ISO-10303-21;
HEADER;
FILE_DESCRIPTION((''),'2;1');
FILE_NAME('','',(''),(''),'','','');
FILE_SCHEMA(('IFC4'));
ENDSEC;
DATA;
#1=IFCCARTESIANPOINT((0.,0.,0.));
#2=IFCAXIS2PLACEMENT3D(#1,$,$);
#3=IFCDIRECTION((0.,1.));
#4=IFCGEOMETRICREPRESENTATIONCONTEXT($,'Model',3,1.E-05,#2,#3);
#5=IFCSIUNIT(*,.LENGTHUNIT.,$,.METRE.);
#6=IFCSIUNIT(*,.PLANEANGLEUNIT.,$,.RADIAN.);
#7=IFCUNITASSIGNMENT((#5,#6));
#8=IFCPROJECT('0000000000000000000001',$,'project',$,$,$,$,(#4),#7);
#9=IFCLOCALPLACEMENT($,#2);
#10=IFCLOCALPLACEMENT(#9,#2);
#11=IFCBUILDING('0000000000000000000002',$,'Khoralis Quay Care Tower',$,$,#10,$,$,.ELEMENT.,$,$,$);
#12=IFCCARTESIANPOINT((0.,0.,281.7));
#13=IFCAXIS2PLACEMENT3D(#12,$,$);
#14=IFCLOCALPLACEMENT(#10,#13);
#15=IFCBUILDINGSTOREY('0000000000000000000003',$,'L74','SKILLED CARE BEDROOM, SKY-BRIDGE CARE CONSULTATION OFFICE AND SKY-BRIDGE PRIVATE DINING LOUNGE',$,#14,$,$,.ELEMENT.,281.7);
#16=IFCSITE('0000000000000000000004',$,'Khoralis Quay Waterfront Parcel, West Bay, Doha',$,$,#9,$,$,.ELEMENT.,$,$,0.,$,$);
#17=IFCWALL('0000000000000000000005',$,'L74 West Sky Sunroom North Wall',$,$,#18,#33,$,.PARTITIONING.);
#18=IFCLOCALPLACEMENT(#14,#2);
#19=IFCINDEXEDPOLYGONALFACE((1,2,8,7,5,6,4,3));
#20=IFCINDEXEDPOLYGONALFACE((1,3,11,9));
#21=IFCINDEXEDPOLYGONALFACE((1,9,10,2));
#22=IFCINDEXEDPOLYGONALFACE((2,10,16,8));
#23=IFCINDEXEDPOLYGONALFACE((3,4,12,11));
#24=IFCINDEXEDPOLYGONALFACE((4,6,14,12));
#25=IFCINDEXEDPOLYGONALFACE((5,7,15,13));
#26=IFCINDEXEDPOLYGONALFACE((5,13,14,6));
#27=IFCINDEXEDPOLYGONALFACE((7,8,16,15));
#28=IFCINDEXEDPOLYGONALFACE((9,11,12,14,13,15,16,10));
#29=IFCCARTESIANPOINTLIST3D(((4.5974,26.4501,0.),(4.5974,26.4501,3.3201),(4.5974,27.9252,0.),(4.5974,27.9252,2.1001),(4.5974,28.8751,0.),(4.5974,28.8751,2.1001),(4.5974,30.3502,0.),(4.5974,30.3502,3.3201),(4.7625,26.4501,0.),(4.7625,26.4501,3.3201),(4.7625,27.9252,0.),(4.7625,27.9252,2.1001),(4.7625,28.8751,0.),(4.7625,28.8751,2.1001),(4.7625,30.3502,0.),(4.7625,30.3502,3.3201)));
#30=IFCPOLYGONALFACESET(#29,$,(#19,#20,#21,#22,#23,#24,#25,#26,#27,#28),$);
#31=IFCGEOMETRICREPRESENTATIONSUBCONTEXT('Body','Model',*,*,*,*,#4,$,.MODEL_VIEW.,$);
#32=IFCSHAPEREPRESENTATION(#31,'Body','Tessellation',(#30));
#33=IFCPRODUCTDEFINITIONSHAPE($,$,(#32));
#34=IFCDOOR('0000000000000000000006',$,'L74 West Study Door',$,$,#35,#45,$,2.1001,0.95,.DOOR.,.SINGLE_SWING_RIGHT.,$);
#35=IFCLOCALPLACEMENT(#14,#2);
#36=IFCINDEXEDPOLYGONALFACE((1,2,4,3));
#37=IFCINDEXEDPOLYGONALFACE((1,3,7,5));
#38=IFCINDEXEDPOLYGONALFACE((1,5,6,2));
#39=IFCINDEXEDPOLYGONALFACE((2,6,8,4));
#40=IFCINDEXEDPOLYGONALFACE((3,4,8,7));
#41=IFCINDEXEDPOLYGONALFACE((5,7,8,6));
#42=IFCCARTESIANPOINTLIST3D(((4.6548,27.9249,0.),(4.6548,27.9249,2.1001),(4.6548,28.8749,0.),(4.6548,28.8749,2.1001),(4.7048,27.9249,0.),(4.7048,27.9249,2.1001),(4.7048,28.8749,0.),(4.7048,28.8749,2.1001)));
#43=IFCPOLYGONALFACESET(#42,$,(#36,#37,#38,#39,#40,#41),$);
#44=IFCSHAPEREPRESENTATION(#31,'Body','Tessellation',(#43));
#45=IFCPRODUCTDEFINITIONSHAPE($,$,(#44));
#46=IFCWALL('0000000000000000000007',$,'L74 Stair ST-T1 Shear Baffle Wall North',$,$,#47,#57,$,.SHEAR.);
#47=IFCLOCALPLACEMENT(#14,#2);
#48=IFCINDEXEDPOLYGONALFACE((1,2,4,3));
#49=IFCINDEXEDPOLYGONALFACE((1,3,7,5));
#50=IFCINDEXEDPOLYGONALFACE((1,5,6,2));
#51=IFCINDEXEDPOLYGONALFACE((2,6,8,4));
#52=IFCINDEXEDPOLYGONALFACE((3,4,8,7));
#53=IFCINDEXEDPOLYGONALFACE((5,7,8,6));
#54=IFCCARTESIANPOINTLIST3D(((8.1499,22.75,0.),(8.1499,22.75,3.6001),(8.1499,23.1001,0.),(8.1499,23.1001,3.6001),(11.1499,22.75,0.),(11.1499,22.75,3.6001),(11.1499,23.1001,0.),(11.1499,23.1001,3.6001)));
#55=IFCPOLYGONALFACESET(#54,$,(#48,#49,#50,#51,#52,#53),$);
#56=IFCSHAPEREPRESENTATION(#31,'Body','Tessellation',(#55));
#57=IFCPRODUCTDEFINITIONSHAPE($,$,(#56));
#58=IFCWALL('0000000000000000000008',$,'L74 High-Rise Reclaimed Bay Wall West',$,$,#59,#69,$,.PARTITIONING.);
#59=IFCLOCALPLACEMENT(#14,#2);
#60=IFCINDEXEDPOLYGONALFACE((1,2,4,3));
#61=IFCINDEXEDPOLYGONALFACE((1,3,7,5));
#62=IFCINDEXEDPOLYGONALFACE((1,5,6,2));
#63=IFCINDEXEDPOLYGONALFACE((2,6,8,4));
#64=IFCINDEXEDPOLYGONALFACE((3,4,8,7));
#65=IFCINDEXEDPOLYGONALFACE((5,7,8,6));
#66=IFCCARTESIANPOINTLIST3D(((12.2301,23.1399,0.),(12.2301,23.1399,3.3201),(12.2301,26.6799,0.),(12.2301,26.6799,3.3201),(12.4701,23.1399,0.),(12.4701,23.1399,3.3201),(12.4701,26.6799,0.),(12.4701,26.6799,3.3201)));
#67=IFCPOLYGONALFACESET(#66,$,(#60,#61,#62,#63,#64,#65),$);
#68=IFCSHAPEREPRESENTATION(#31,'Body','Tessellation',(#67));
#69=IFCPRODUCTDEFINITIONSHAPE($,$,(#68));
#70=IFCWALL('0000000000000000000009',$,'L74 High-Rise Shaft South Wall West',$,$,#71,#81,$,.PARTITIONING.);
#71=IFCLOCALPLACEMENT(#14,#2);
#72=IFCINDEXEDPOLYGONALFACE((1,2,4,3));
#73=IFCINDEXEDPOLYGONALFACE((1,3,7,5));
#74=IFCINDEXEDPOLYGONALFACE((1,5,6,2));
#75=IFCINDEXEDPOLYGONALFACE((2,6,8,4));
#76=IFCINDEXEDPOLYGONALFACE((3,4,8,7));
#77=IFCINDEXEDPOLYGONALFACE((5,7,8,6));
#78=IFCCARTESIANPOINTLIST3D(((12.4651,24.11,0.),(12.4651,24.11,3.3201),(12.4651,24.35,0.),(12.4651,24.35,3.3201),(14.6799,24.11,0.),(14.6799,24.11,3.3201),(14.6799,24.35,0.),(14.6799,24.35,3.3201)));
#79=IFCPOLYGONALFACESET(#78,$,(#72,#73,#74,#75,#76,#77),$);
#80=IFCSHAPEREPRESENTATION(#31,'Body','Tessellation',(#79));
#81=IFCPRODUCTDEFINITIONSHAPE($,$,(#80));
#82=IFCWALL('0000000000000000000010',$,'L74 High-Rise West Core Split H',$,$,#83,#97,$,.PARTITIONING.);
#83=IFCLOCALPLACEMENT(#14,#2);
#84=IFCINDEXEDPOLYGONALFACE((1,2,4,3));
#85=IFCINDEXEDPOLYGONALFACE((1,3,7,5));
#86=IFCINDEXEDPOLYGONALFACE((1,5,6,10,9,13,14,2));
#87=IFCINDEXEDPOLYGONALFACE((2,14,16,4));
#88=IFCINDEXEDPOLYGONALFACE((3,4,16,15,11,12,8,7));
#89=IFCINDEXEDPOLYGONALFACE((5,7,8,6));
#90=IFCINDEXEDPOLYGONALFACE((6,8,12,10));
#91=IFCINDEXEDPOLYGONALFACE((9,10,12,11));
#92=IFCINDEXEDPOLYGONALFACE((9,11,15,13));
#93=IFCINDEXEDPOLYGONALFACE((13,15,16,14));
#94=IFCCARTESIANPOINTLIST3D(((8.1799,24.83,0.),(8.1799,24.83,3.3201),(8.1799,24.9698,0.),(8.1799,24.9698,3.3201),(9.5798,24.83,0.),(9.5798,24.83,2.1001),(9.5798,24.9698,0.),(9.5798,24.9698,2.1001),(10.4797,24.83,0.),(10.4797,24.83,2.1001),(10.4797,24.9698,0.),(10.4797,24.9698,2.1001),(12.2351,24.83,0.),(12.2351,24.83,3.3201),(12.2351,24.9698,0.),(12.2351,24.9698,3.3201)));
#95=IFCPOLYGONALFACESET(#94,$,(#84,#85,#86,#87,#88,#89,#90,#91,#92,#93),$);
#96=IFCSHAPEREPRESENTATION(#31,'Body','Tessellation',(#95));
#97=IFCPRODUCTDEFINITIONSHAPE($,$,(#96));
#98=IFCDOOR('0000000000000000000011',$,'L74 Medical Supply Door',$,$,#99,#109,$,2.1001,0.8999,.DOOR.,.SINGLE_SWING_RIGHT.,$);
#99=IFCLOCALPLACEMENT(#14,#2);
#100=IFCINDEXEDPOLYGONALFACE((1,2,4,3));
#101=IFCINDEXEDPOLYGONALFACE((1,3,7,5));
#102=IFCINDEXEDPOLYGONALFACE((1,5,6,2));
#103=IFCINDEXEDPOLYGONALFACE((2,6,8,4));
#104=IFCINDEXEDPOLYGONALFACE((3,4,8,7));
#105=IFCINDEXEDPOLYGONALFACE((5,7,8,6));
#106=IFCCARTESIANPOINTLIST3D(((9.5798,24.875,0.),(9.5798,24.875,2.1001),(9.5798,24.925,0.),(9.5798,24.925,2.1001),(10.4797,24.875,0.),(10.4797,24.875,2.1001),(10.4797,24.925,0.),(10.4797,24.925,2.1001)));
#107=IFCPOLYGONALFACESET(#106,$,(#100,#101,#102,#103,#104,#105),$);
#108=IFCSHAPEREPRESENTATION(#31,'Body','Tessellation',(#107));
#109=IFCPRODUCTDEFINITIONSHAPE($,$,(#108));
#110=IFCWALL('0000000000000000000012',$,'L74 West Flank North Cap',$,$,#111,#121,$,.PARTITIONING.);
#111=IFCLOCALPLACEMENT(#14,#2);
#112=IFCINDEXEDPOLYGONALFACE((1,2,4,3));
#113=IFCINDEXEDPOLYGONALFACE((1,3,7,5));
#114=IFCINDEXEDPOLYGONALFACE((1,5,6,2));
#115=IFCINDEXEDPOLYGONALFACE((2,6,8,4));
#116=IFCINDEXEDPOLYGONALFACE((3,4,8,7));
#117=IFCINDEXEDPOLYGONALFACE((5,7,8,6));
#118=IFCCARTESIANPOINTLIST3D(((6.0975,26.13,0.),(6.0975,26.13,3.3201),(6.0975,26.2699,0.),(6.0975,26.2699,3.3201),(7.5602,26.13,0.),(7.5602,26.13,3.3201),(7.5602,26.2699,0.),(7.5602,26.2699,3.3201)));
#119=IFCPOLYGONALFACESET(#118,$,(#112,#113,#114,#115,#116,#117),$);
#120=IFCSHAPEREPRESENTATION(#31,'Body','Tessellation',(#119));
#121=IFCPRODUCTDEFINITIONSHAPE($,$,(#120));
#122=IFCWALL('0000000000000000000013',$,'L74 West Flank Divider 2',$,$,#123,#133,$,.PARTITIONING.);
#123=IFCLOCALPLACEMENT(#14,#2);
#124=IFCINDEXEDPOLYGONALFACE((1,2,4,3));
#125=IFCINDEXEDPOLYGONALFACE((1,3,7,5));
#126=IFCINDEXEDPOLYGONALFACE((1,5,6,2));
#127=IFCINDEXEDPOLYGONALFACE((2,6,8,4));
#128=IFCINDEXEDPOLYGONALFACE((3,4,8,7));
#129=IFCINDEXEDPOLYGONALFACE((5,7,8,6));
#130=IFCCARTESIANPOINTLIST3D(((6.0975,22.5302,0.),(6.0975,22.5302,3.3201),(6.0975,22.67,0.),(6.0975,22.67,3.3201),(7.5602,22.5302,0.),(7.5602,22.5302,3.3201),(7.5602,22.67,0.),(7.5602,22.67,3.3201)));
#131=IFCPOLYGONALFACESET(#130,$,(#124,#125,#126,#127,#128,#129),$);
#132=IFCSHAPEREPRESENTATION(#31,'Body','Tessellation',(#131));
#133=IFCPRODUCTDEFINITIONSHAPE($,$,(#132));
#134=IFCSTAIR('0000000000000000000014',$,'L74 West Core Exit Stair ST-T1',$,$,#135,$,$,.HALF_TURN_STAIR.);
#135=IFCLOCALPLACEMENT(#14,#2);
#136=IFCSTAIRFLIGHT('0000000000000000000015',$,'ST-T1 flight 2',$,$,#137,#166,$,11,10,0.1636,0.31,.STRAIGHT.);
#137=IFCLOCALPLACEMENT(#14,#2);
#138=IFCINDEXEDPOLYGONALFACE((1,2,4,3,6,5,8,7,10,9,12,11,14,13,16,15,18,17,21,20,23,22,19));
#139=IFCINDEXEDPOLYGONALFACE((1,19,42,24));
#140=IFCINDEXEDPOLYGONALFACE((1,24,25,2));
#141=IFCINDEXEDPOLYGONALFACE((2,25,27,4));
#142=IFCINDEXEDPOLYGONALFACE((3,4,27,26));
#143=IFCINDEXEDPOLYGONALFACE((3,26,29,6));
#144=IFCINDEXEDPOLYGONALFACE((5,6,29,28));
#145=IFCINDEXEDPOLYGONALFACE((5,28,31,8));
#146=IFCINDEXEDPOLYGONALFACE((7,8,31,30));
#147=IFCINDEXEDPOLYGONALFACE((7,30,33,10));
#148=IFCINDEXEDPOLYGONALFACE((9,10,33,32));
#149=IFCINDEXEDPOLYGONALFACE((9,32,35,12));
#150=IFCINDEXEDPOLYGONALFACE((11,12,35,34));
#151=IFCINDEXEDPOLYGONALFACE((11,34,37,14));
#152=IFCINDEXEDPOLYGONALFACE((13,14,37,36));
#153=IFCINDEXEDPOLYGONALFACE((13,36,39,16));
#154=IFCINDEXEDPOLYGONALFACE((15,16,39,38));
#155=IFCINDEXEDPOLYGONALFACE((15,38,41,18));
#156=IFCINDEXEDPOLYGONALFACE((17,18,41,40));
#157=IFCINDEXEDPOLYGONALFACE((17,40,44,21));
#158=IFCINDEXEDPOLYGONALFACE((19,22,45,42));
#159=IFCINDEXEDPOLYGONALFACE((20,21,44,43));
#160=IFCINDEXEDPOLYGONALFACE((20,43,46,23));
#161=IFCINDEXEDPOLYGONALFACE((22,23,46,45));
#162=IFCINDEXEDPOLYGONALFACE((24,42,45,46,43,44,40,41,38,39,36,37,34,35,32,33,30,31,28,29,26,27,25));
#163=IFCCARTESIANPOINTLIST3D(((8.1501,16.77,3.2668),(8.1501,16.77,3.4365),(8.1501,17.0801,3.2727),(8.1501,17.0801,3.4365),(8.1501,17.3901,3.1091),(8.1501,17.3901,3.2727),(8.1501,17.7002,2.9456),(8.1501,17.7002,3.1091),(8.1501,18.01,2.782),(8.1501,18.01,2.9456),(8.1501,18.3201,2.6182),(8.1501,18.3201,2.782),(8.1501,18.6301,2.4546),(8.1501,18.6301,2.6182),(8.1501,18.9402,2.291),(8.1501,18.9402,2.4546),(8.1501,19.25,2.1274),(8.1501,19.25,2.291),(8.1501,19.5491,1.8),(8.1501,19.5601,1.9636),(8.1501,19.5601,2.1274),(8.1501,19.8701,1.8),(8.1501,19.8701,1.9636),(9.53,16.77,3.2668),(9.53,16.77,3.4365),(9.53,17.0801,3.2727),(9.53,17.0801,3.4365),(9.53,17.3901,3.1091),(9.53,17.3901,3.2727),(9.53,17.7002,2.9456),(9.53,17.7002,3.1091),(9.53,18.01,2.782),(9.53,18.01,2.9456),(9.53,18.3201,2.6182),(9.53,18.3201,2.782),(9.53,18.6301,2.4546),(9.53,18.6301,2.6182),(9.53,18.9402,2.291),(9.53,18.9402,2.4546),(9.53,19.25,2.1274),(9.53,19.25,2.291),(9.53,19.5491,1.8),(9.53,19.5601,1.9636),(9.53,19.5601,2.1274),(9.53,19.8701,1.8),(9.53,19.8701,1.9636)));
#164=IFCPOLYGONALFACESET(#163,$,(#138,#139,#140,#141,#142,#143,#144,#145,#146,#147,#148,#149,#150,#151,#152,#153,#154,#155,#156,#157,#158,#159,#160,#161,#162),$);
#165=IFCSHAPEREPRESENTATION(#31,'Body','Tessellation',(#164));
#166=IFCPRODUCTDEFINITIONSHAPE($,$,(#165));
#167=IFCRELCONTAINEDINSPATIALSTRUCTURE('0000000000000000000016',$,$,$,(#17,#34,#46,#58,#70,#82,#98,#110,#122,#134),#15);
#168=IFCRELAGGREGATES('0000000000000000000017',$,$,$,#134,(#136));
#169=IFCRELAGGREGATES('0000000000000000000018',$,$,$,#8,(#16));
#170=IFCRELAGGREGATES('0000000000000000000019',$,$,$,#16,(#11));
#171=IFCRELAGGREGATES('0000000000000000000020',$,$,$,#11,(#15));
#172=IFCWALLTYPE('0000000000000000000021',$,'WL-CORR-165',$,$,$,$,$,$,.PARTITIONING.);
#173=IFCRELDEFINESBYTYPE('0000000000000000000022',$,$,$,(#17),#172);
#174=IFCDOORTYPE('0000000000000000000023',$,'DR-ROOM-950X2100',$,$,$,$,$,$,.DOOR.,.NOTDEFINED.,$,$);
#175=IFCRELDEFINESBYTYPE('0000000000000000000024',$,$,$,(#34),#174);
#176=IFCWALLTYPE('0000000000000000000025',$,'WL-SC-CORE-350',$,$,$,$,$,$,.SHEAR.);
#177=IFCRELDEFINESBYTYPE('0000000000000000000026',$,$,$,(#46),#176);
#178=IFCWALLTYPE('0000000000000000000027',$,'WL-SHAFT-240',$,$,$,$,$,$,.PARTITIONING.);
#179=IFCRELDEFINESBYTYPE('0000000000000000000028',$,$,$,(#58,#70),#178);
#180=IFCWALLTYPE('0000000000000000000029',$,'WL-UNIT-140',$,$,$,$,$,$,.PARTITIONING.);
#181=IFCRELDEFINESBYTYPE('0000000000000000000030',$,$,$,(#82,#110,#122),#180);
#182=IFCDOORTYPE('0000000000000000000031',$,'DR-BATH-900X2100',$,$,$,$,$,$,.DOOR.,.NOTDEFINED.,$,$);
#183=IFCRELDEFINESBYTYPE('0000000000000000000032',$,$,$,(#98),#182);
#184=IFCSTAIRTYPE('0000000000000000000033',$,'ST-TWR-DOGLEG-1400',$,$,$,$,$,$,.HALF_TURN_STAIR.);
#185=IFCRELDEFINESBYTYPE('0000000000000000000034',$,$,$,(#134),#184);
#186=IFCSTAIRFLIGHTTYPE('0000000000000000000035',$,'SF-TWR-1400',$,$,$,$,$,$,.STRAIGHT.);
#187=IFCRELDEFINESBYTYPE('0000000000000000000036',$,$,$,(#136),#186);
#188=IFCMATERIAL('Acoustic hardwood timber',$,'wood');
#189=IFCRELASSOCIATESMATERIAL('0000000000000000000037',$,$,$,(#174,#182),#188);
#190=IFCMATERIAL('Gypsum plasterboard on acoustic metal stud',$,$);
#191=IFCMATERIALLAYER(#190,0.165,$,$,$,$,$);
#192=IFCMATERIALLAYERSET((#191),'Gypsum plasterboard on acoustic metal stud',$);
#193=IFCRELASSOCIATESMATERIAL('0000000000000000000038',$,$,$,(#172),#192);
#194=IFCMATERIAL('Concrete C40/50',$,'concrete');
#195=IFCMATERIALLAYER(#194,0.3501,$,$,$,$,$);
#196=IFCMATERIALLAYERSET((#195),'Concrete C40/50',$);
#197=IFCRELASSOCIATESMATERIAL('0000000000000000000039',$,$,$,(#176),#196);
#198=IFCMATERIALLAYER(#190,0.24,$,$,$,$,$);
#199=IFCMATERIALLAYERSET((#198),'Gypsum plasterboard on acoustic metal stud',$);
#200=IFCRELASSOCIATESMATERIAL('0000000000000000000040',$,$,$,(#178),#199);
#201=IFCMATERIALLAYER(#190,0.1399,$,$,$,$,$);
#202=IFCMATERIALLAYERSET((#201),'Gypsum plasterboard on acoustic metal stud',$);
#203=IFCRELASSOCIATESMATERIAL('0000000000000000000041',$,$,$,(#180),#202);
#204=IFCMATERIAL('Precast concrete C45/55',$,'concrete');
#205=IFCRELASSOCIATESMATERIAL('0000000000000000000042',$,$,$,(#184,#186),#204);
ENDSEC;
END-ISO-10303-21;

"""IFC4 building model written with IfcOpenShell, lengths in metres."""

from ifc_helpers import new_model, si_unit, direction, frame, frame_2d, origin, place, context, subcontext, project, spatial, polyline, rectangle, outline, extrude, source, transform, mapped, material, layer, layer_set, type_object, element, fill, aggregate, save


model = new_model("IFC4")

# Units and contexts
model_context = context("Model", 3, precision=1e-05, world=origin(), true_north=direction((0.0, 1.0)))
body_context = subcontext(model_context, "Body", "Model", "MODEL_VIEW")
ifc_project = project(units=[si_unit("LENGTHUNIT", "METRE"), si_unit("PLANEANGLEUNIT", "RADIAN")], contexts=[model_context])

# Site, building, storey
site_placement = place(None, origin())
site = spatial("IfcSite", under=ifc_project, at=site_placement, Name="Khoralis Quay Waterfront Parcel, West Bay, Doha", CompositionType="ELEMENT", RefElevation=0.0)
building_placement = place(site_placement, origin())
building = spatial("IfcBuilding", under=site, at=building_placement, Name="Khoralis Quay Care Tower", CompositionType="ELEMENT")
storey_placement = place(building_placement, frame((0.0, 0.0, 281.7)))
storey = spatial("IfcBuildingStorey", under=building, at=storey_placement, Name="L74", Description="SKILLED CARE BEDROOM, SKY-BRIDGE CARE CONSULTATION OFFICE AND SKY-BRIDGE PRIVATE DINING LOUNGE", CompositionType="ELEMENT", Elevation=281.7)

# Shared definitions
ifc_material_1 = material(Name="Acoustic hardwood timber", Category="wood")
door_type_1 = type_object("IfcDoorType", Name="DR-ROOM-950X2100", OperationType="NOTDEFINED", PredefinedType="DOOR", material=ifc_material_1)
shared_shape_1 = source(origin(), body_context, "Body", "SweptSolid", [
    extrude(rectangle(XDim=0.95, YDim=2.1001, at=frame_2d((0.4751, 1.05))), frame((0.0, 0.0249, 0.0), z_axis=(0.0, -1.0, 0.0), x_axis=(1.0, 0.0, 0.0)), (0.0, 0.0, 1.0), 0.05),
])

# Shared definitions
ifc_material_2 = material(Name="Gypsum plasterboard on acoustic metal stud")
ifc_layer_1 = layer(ifc_material_2, 0.165)
ifc_layer_set_1 = layer_set([ifc_layer_1], Name="Gypsum plasterboard on acoustic metal stud")
wall_type_1 = type_object("IfcWallType", Name="WL-CORR-165", PredefinedType="PARTITIONING", material=ifc_layer_set_1)

# Wall, opening, door
wall_1_placement = place(storey_placement, frame((4.6799, 26.45, 0.0), z_axis=(0.0, 0.0, 1.0), x_axis=(0.0, 1.0, 0.0)))
wall_1 = element("IfcWall", 1, at=wall_1_placement, inside=storey, type_object=wall_type_1, Name="L74 West Sky Sunroom North Wall", PredefinedType="PARTITIONING", context=body_context, shape_type="SweptSolid", body=[
    extrude(rectangle(XDim=3.9001, YDim=0.165, at=frame_2d((1.9502, 0.0))), origin(), (0.0, 0.0, 1.0), 3.3201),
])
opening_1_placement = place(wall_1_placement, frame((1.4751, 0.0, 0.0)))
opening_1 = element("IfcOpeningElement", 2, at=opening_1_placement, cuts=wall_1, PredefinedType="OPENING", context=body_context, shape_type="SweptSolid", body=[
    extrude(rectangle(XDim=0.95, YDim=2.1001, at=frame_2d((0.4751, 1.05))), frame((0.0, 0.0925, 0.0), z_axis=(0.0, -1.0, 0.0), x_axis=(1.0, 0.0, 0.0)), (0.0, 0.0, 1.0), 0.1851),
])
door_1_placement = place(opening_1_placement, frame((0.95, 0.0, 0.0), z_axis=(0.0, 0.0, 1.0), x_axis=(-1.0, 0.0, 0.0)))
door_1 = element("IfcDoor", 3, at=door_1_placement, inside=storey, type_object=door_type_1, Name="L74 West Study Door", OperationType="SINGLE_SWING_RIGHT", OverallHeight=2.1001, OverallWidth=0.95, PredefinedType="DOOR", context=body_context, shape_type="MappedRepresentation", body=[
    mapped(shared_shape_1, transform((0.0, 0.0, 0.0), scale=1.0)),
])
fill(opening_1, door_1)

# Walls
ifc_material_3 = material(Name="Concrete C40/50", Category="concrete")
ifc_layer_2 = layer(ifc_material_3, 0.3501)
ifc_layer_set_2 = layer_set([ifc_layer_2], Name="Concrete C40/50")
wall_type_2 = type_object("IfcWallType", Name="WL-SC-CORE-350", PredefinedType="SHEAR", material=ifc_layer_set_2)
wall_2_placement = place(storey_placement, frame((8.1499, 22.925, 0.0), z_axis=(0.0, 0.0, 1.0), x_axis=(1.0, 0.0, 0.0)))
element("IfcWall", 4, at=wall_2_placement, inside=storey, type_object=wall_type_2, Name="L74 Stair ST-T1 Shear Baffle Wall North", PredefinedType="SHEAR", context=body_context, shape_type="SweptSolid", body=[
    extrude(rectangle(XDim=3.0, YDim=0.3501, at=frame_2d((1.5, 0.0))), origin(), (0.0, 0.0, 1.0), 3.6001),
])
ifc_layer_3 = layer(ifc_material_2, 0.24)
ifc_layer_set_3 = layer_set([ifc_layer_3], Name="Gypsum plasterboard on acoustic metal stud")
wall_type_3 = type_object("IfcWallType", Name="WL-SHAFT-240", PredefinedType="PARTITIONING", material=ifc_layer_set_3)
wall_3_placement = place(storey_placement, frame((12.3501, 23.1399, 0.0), z_axis=(0.0, 0.0, 1.0), x_axis=(0.0, 1.0, 0.0)))
element("IfcWall", 5, at=wall_3_placement, inside=storey, type_object=wall_type_3, Name="L74 High-Rise Reclaimed Bay Wall West", PredefinedType="PARTITIONING", context=body_context, shape_type="SweptSolid", body=[
    extrude(rectangle(XDim=3.54, YDim=0.24, at=frame_2d((1.77, 0.0))), origin(), (0.0, 0.0, 1.0), 3.3201),
])
wall_4_placement = place(storey_placement, frame((12.4651, 24.23, 0.0), z_axis=(0.0, 0.0, 1.0), x_axis=(1.0, 0.0, 0.0)))
element("IfcWall", 6, at=wall_4_placement, inside=storey, type_object=wall_type_3, Name="L74 High-Rise Shaft South Wall West", PredefinedType="PARTITIONING", context=body_context, shape_type="SweptSolid", body=[
    extrude(rectangle(XDim=2.2148, YDim=0.24, at=frame_2d((1.1074, 0.0))), origin(), (0.0, 0.0, 1.0), 3.3201),
])

# Wall, opening, door
ifc_layer_4 = layer(ifc_material_2, 0.1399)
ifc_layer_set_4 = layer_set([ifc_layer_4], Name="Gypsum plasterboard on acoustic metal stud")
wall_type_4 = type_object("IfcWallType", Name="WL-UNIT-140", PredefinedType="PARTITIONING", material=ifc_layer_set_4)
wall_5_placement = place(storey_placement, frame((8.1799, 24.8999, 0.0), z_axis=(0.0, 0.0, 1.0), x_axis=(1.0, 0.0, 0.0)))
wall_5 = element("IfcWall", 7, at=wall_5_placement, inside=storey, type_object=wall_type_4, Name="L74 High-Rise West Core Split H", PredefinedType="PARTITIONING", context=body_context, shape_type="SweptSolid", body=[
    extrude(rectangle(XDim=4.0552, YDim=0.1399, at=frame_2d((2.0276, 0.0))), origin(), (0.0, 0.0, 1.0), 3.3201),
])
opening_2_placement = place(wall_5_placement, frame((1.3999, 0.0, 0.0)))
opening_2 = element("IfcOpeningElement", 8, at=opening_2_placement, cuts=wall_5, PredefinedType="OPENING", context=body_context, shape_type="SweptSolid", body=[
    extrude(rectangle(XDim=0.8999, YDim=2.1001, at=frame_2d((0.45, 1.05))), frame((0.0, 0.0801, 0.0), z_axis=(0.0, -1.0, 0.0), x_axis=(1.0, 0.0, 0.0)), (0.0, 0.0, 1.0), 0.1599),
])
door_type_2 = type_object("IfcDoorType", Name="DR-BATH-900X2100", OperationType="NOTDEFINED", PredefinedType="DOOR", material=ifc_material_1)
shared_shape_2 = source(origin(), body_context, "Body", "SweptSolid", [
    extrude(rectangle(XDim=0.8999, YDim=2.1001, at=frame_2d((0.45, 1.05))), frame((0.0, 0.0249, 0.0), z_axis=(0.0, -1.0, 0.0), x_axis=(1.0, 0.0, 0.0)), (0.0, 0.0, 1.0), 0.05),
])
door_2_placement = place(opening_2_placement, frame((0.8999, 0.0, 0.0), z_axis=(0.0, 0.0, 1.0), x_axis=(-1.0, 0.0, 0.0)))
door_2 = element("IfcDoor", 9, at=door_2_placement, inside=storey, type_object=door_type_2, Name="L74 Medical Supply Door", OperationType="SINGLE_SWING_RIGHT", OverallHeight=2.1001, OverallWidth=0.8999, PredefinedType="DOOR", context=body_context, shape_type="MappedRepresentation", body=[
    mapped(shared_shape_2, transform((0.0, 0.0, 0.0), scale=1.0)),
])
fill(opening_2, door_2)

# Walls
for number, where, z_axis, x_axis, name in (
    (10, (6.0974, 26.2, 0.0), (0.0, 0.0, 1.0), (1.0, 0.0, 0.0), "L74 West Flank North Cap"),
    (11, (6.0974, 22.6001, 0.0), (0.0, 0.0, 1.0), (1.0, 0.0, 0.0), "L74 West Flank Divider 2"),
):
    element("IfcWall", number, at=place(storey_placement, frame(where, z_axis=z_axis, x_axis=x_axis)), inside=storey, type_object=wall_type_4, Name=name, PredefinedType="PARTITIONING", context=body_context, shape_type="SweptSolid", body=[
        extrude(rectangle(XDim=1.4626, YDim=0.1399, at=frame_2d((0.7314, 0.0))), origin(), (0.0, 0.0, 1.0), 3.3201),
    ])

# Stair, stair flight
ifc_material_4 = material(Name="Precast concrete C45/55", Category="concrete")
stair_type = type_object("IfcStairType", Name="ST-TWR-DOGLEG-1400", PredefinedType="HALF_TURN_STAIR", material=ifc_material_4)
stair_placement = place(storey_placement, origin())
stair = element("IfcStair", 12, at=stair_placement, inside=storey, type_object=stair_type, Name="L74 West Core Exit Stair ST-T1", PredefinedType="HALF_TURN_STAIR")
stair_flight_type = type_object("IfcStairFlightType", Name="SF-TWR-1400", PredefinedType="STRAIGHT", material=ifc_material_4)
shared_shape_3 = source(origin(), body_context, "Body", "SweptSolid", [
    extrude(outline(polyline([(0.0, 0.0), (0.0, 0.1636), (0.3101, 0.1636), (0.3101, 0.3274), (0.6201, 0.3274), (0.6201, 0.491), (0.9299, 0.491), (0.9299, 0.6545), (1.24, 0.6545), (1.24, 0.8181), (1.55, 0.8181), (1.55, 0.9819), (1.8601, 0.9819), (1.8601, 1.1455), (2.1699, 1.1455), (2.1699, 1.3091), (2.48, 1.3091), (2.48, 1.4727), (2.79, 1.4727), (2.79, 1.6365), (3.1001, 1.6365), (3.1001, 1.8), (3.1001, 1.4668), (0.321, 0.0), (0.0, 0.0)])), frame((0.0, 0.6899, 0.0), z_axis=(0.0, -1.0, 0.0), x_axis=(1.0, 0.0, 0.0)), (0.0, 0.0, 1.0), 1.3799),
])
stair_flight_placement = place(storey_placement, frame((8.8401, 19.8701, 1.8), z_axis=(0.0, 0.0, 1.0), x_axis=(0.0, -1.0, 0.0)))
stair_flight = element("IfcStairFlight", 13, at=stair_flight_placement, type_object=stair_flight_type, Name="ST-T1 flight 2", NumberOfRisers=11, NumberOfTreads=10, PredefinedType="STRAIGHT", RiserHeight=0.1636, TreadLength=0.31, context=body_context, shape_type="MappedRepresentation", body=[
    mapped(shared_shape_3, transform((0.0, 0.0, 0.0), scale=1.0)),
])
aggregate(stair, [stair_flight])

save(model, "model.ifc")
